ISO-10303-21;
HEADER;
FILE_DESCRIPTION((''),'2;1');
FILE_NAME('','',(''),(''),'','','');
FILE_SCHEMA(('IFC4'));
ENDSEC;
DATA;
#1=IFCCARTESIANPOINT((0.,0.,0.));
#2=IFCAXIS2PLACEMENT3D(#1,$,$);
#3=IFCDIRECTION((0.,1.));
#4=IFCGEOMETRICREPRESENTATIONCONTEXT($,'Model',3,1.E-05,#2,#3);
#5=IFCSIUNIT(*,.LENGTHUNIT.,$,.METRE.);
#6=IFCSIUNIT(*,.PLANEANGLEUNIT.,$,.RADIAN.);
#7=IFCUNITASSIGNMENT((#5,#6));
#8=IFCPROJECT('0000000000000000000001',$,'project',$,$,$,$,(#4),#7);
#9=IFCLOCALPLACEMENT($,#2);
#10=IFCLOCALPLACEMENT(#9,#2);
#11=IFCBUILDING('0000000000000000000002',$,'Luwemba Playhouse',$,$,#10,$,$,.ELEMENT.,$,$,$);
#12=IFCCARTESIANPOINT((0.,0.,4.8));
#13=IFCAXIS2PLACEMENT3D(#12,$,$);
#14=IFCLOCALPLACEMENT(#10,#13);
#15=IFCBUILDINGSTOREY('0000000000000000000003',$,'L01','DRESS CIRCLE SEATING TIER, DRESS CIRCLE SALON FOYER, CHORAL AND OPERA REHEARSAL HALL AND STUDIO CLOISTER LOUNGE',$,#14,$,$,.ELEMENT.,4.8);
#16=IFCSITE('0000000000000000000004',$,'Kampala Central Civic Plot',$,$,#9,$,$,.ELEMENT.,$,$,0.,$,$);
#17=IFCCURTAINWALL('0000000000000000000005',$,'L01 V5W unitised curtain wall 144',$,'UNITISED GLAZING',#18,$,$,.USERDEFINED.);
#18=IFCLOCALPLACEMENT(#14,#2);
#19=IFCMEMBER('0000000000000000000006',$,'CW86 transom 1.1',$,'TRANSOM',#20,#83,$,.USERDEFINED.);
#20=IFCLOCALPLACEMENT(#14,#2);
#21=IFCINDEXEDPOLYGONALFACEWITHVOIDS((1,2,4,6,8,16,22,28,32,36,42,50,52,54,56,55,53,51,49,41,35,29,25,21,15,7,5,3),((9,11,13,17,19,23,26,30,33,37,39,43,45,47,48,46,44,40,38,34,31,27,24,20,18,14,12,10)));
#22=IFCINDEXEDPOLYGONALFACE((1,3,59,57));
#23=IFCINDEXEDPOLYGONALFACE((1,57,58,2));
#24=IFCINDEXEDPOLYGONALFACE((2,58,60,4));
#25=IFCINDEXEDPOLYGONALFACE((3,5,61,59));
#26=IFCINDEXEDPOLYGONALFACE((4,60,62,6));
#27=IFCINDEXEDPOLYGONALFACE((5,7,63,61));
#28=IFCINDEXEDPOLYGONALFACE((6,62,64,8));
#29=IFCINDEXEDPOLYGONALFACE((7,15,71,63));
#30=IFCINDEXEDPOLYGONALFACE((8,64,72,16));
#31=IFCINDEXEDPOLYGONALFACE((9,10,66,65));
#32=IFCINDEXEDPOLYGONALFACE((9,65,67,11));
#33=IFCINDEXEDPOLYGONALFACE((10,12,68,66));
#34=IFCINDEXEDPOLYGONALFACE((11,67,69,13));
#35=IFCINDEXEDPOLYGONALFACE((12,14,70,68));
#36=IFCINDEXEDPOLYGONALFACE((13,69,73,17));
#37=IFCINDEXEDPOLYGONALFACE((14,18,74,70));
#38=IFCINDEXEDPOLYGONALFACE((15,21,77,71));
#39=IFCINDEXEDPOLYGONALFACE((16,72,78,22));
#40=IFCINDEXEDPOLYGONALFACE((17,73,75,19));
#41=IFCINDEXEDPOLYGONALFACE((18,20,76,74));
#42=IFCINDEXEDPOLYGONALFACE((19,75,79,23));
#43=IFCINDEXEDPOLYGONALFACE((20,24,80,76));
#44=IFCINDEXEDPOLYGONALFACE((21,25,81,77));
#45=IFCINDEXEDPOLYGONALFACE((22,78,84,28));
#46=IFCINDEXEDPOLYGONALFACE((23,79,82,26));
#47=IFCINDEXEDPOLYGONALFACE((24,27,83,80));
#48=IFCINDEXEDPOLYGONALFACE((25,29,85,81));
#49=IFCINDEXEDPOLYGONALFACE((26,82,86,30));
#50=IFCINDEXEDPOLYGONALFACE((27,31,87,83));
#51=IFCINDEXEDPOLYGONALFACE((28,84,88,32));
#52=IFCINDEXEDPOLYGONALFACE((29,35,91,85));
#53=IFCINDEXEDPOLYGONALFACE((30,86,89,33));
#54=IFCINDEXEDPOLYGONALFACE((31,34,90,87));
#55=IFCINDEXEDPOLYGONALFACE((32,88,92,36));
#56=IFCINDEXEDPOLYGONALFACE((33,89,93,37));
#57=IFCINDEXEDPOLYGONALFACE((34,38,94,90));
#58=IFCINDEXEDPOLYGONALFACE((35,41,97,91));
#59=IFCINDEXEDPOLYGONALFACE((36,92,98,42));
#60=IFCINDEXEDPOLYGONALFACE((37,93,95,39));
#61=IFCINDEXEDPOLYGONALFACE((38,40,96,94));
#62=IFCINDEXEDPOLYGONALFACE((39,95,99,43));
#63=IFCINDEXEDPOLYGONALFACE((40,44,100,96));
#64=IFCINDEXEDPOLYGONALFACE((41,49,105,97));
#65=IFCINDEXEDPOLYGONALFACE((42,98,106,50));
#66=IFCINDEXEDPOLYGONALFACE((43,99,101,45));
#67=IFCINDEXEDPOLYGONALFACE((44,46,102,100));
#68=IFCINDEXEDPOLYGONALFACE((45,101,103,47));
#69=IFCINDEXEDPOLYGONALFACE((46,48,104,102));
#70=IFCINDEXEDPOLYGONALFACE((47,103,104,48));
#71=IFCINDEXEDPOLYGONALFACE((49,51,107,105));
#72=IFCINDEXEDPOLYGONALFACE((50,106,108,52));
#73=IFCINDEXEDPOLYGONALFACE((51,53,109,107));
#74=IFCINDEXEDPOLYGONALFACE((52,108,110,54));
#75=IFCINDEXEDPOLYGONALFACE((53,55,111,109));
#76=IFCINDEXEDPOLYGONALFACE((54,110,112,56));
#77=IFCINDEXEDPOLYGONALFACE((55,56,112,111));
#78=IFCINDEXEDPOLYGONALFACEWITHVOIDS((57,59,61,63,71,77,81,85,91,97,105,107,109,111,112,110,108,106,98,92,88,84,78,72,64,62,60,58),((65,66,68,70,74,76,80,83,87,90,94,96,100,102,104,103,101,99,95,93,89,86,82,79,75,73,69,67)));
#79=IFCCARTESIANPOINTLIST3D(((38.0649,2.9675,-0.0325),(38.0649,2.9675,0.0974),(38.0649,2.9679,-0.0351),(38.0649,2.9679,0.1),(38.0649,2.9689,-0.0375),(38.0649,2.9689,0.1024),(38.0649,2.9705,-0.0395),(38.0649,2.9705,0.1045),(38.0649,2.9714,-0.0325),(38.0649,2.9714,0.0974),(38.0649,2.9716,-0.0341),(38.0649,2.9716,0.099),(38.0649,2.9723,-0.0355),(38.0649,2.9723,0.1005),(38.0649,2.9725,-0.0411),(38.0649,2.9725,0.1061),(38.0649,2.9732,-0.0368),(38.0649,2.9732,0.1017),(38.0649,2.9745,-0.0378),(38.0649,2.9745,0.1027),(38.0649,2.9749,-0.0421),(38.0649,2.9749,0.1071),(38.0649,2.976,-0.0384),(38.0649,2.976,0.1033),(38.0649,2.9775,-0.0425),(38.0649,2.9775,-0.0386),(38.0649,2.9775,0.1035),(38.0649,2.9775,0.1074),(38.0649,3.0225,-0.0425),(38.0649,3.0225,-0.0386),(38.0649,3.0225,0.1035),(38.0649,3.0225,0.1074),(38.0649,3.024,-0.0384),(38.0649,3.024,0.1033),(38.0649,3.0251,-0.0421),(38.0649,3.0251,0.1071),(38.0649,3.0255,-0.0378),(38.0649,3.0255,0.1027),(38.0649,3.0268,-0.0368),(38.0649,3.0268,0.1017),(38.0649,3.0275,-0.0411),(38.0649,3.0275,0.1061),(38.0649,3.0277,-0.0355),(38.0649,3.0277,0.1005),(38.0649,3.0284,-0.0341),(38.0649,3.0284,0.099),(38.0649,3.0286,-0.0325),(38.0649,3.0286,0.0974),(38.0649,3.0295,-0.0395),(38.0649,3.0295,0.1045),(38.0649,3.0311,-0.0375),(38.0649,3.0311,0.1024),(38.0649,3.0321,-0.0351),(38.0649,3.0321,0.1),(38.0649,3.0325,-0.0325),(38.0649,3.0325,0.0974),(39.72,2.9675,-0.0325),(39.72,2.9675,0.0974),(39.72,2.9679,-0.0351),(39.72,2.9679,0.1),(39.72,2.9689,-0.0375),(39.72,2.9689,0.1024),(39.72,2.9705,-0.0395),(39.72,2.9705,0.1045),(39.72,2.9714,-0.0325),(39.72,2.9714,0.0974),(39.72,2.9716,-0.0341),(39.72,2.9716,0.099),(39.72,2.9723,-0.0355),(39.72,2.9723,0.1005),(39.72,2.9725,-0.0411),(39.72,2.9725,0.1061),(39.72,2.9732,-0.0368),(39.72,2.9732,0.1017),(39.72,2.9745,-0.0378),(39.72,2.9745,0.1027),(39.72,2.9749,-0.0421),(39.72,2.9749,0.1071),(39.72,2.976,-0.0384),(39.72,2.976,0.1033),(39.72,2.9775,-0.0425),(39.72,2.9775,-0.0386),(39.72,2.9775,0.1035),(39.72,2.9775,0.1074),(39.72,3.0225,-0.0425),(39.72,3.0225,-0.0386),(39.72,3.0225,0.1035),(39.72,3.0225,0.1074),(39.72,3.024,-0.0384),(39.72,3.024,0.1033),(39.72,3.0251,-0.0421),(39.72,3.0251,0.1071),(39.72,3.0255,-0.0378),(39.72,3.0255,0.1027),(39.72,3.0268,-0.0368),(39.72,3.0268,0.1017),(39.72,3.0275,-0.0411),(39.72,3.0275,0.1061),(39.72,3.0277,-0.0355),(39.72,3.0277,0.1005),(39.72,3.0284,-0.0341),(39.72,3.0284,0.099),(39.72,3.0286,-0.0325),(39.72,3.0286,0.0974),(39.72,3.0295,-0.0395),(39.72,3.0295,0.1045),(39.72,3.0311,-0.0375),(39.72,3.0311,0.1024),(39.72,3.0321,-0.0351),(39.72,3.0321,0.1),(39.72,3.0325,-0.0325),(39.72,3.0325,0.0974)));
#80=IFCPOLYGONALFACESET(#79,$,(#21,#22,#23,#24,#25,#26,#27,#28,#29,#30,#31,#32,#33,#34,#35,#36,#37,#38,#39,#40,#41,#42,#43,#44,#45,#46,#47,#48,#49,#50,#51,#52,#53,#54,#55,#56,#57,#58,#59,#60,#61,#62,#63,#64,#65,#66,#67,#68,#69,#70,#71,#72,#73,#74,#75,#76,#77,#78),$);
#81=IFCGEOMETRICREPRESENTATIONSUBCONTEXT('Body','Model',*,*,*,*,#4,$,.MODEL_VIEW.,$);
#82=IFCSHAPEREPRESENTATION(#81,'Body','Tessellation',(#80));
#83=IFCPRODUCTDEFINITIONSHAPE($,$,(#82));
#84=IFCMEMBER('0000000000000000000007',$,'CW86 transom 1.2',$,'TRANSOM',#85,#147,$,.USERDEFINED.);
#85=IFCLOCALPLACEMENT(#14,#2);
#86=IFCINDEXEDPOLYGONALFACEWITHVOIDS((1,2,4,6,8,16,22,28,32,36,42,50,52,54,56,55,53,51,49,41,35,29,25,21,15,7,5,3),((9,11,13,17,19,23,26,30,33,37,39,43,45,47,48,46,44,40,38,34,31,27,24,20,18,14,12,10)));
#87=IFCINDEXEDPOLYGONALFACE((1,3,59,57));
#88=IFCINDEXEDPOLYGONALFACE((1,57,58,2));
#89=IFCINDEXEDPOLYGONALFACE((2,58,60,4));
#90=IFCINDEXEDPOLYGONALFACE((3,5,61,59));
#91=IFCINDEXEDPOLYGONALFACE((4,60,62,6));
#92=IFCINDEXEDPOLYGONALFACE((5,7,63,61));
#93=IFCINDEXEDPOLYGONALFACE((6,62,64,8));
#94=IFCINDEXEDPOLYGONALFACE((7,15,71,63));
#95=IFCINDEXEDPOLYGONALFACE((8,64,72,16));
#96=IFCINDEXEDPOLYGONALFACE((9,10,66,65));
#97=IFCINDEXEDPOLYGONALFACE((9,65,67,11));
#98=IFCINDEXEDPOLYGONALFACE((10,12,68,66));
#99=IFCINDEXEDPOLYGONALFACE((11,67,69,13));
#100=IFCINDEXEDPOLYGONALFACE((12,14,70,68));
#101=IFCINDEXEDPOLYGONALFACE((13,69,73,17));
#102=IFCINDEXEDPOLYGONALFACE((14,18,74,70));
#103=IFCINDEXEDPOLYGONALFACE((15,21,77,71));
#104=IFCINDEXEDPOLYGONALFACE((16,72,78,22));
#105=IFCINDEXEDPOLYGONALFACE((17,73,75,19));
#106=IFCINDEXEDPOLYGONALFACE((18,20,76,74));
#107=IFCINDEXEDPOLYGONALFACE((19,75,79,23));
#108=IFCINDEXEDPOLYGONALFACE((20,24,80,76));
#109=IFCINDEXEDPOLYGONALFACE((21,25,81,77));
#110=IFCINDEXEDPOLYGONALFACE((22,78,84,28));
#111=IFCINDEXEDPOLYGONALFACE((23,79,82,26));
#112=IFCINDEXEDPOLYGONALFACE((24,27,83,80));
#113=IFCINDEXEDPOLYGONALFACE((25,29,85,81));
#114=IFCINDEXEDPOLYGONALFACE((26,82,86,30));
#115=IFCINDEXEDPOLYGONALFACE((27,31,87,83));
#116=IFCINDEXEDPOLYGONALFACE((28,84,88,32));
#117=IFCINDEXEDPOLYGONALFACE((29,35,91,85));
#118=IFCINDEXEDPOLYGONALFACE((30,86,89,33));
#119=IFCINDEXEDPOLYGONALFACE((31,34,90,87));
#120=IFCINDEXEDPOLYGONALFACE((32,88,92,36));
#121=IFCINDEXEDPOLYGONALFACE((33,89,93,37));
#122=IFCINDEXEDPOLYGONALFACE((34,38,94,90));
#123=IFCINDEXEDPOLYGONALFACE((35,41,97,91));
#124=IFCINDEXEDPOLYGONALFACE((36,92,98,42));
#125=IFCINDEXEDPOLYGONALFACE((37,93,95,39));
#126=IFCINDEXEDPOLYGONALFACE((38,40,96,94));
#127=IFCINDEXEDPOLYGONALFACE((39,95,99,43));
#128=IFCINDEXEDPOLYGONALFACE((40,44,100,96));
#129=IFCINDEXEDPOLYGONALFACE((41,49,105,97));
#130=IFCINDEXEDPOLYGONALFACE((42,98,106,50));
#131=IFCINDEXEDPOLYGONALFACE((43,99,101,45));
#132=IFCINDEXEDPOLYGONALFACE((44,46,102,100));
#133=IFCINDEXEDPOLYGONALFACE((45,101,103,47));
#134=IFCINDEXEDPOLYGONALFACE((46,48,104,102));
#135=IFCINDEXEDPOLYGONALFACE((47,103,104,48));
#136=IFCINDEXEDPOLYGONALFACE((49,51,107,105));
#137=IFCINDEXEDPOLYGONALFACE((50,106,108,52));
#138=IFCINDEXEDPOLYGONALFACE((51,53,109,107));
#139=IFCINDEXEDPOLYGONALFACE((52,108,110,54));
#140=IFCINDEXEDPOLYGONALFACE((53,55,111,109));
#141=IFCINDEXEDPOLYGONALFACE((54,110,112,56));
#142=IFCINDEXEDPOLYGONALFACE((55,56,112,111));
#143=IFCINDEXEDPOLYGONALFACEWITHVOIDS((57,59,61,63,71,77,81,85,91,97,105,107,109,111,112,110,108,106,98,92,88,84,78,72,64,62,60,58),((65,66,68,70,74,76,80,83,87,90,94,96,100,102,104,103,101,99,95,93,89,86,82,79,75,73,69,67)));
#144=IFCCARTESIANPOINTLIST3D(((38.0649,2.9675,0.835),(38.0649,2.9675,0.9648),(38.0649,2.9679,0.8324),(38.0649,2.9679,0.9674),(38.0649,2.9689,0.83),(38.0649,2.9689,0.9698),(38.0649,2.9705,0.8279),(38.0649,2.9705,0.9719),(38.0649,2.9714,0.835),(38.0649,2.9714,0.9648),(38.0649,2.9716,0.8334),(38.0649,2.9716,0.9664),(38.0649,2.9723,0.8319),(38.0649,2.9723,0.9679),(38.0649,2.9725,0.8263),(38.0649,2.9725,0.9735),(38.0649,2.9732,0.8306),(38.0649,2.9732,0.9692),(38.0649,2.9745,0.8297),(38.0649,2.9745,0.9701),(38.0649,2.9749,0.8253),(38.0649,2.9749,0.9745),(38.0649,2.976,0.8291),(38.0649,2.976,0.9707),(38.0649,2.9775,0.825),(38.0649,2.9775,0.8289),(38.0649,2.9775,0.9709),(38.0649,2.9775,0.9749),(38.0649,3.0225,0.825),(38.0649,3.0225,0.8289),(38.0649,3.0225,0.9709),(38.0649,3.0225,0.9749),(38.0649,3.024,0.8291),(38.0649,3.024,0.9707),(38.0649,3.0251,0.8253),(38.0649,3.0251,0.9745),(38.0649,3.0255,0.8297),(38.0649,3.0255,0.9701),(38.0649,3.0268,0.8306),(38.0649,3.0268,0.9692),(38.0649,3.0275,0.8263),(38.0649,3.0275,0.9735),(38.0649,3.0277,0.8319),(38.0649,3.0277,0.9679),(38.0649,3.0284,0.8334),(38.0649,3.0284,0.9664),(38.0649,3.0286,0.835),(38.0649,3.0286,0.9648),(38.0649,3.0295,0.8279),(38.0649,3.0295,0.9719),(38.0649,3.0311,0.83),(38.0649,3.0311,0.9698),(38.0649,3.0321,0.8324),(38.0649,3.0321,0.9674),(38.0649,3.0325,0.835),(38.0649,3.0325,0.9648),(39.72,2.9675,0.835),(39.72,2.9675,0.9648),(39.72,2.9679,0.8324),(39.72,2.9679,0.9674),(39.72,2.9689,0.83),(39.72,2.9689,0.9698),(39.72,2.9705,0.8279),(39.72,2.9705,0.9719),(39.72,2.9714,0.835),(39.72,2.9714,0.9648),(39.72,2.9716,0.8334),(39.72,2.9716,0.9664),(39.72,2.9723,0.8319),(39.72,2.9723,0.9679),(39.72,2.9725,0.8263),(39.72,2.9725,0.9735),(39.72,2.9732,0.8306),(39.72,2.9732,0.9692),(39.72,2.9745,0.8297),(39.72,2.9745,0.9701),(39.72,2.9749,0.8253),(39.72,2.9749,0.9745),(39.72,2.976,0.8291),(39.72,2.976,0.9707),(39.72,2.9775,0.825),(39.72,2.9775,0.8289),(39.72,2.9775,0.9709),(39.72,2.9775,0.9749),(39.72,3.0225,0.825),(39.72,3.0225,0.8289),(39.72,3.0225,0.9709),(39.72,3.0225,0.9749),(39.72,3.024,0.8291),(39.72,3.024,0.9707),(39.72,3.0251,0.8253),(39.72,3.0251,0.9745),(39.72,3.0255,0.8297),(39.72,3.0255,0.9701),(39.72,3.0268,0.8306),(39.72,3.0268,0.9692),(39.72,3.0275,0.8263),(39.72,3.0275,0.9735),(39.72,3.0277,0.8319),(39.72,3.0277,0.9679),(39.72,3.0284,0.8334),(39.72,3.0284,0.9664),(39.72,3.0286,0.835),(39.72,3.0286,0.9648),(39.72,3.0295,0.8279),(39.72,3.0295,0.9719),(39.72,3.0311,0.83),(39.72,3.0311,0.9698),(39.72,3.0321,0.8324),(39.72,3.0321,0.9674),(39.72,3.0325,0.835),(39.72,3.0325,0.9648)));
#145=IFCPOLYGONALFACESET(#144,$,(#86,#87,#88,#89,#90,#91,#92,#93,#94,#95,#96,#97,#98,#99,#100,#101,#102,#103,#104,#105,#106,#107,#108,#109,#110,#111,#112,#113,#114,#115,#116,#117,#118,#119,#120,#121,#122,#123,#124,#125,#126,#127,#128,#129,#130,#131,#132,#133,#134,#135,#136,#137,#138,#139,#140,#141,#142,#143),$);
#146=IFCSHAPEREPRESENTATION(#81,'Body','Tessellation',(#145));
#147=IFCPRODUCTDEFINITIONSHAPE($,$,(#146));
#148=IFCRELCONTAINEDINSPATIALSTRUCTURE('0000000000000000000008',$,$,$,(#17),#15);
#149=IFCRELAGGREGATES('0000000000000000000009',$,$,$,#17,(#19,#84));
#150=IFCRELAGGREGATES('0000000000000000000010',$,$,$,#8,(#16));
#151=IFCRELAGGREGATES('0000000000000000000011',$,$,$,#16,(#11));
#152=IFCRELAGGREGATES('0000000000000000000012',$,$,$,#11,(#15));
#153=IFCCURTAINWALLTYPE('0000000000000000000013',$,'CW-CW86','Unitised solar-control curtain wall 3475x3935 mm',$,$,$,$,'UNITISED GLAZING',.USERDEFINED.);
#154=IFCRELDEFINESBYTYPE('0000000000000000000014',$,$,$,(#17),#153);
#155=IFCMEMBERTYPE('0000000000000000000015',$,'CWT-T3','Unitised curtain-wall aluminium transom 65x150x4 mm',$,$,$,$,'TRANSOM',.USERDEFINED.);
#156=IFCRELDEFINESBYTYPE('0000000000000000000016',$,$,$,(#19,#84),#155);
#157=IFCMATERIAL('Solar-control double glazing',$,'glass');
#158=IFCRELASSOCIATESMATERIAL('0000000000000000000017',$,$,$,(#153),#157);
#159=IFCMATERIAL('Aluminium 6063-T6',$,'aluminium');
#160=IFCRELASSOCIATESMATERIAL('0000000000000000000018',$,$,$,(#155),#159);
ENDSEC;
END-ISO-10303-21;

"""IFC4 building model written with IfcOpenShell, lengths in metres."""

from ifc_helpers import new_model, si_unit, direction, frame, origin, origin_2d, place, context, subcontext, project, spatial, hollow_rectangle, extrude, material, material_profile, profile_set, type_object, element, aggregate, save


model = new_model("IFC4")

# Units and contexts
model_context = context("Model", 3, precision=1e-05, world=origin(), true_north=direction((0.0, 1.0)))
body_context = subcontext(model_context, "Body", "Model", "MODEL_VIEW")
ifc_project = project(units=[si_unit("LENGTHUNIT", "METRE"), si_unit("PLANEANGLEUNIT", "RADIAN")], contexts=[model_context])

# Site, building, storey
site_placement = place(None, origin())
site = spatial("IfcSite", under=ifc_project, at=site_placement, Name="Kampala Central Civic Plot", CompositionType="ELEMENT", RefElevation=0.0)
building_placement = place(site_placement, origin())
building = spatial("IfcBuilding", under=site, at=building_placement, Name="Luwemba Playhouse", CompositionType="ELEMENT")
storey_placement = place(building_placement, frame((0.0, 0.0, 4.8)))
storey = spatial("IfcBuildingStorey", under=building, at=storey_placement, Name="L01", Description="DRESS CIRCLE SEATING TIER, DRESS CIRCLE SALON FOYER, CHORAL AND OPERA REHEARSAL HALL AND STUDIO CLOISTER LOUNGE", CompositionType="ELEMENT", Elevation=4.8)

# Curtain wall
ifc_material_1 = material(Name="Solar-control double glazing", Category="glass")
ifc_material_2 = material(Name="Aluminium 6063-T6", Category="aluminium")
curtain_wall_type_1 = type_object("IfcCurtainWallType", Name="CW-CW86", Description="Unitised solar-control curtain wall 3475x3935 mm", ElementType="UNITISED GLAZING", PredefinedType="USERDEFINED", material=ifc_material_1)
curtain_wall_1_placement = place(storey_placement, origin())
curtain_wall_1 = element("IfcCurtainWall", 1, at=curtain_wall_1_placement, inside=storey, type_object=curtain_wall_type_1, Name="L01 V5W unitised curtain wall 144", ObjectType="UNITISED GLAZING", PredefinedType="USERDEFINED")

# Members
ifc_material_profile_1 = material_profile(ifc_material_2, hollow_rectangle(XDim=0.0649, YDim=0.1499, WallThickness=0.0039, InnerFilletRadius=0.0061, OuterFilletRadius=0.01, at=origin_2d()))
ifc_profile_set_1 = profile_set([ifc_material_profile_1], Name="Aluminium 6063-T6")
member_type_1 = type_object("IfcMemberType", Name="CWT-T3", Description="Unitised curtain-wall aluminium transom 65x150x4 mm", ElementType="TRANSOM", PredefinedType="USERDEFINED", material=ifc_profile_set_1)
member_1_placement = place(storey_placement, frame((39.72, 3.0, 0.0325), z_axis=(-1.0, 0.0, 0.0), x_axis=(0.0, -1.0, 0.0)))
member_1 = element("IfcMember", 2, at=member_1_placement, type_object=member_type_1, Name="CW86 transom 1.1", ObjectType="TRANSOM", PredefinedType="USERDEFINED", context=body_context, shape_type="SweptSolid", body=[
    extrude(hollow_rectangle(XDim=0.0649, YDim=0.1499, WallThickness=0.0039, InnerFilletRadius=0.0061, OuterFilletRadius=0.01, at=origin_2d()), origin(), (0.0, 0.0, 1.0), 1.655),
])
member_2_placement = place(storey_placement, frame((39.72, 3.0, 0.8999), z_axis=(-1.0, 0.0, 0.0), x_axis=(0.0, -1.0, 0.0)))
member_2 = element("IfcMember", 3, at=member_2_placement, type_object=member_type_1, Name="CW86 transom 1.2", ObjectType="TRANSOM", PredefinedType="USERDEFINED", context=body_context, shape_type="SweptSolid", body=[
    extrude(hollow_rectangle(XDim=0.0649, YDim=0.1499, WallThickness=0.0039, InnerFilletRadius=0.0061, OuterFilletRadius=0.01, at=origin_2d()), origin(), (0.0, 0.0, 1.0), 1.655),
])

aggregate(curtain_wall_1, [member_1, member_2])

save(model, "model.ifc")
